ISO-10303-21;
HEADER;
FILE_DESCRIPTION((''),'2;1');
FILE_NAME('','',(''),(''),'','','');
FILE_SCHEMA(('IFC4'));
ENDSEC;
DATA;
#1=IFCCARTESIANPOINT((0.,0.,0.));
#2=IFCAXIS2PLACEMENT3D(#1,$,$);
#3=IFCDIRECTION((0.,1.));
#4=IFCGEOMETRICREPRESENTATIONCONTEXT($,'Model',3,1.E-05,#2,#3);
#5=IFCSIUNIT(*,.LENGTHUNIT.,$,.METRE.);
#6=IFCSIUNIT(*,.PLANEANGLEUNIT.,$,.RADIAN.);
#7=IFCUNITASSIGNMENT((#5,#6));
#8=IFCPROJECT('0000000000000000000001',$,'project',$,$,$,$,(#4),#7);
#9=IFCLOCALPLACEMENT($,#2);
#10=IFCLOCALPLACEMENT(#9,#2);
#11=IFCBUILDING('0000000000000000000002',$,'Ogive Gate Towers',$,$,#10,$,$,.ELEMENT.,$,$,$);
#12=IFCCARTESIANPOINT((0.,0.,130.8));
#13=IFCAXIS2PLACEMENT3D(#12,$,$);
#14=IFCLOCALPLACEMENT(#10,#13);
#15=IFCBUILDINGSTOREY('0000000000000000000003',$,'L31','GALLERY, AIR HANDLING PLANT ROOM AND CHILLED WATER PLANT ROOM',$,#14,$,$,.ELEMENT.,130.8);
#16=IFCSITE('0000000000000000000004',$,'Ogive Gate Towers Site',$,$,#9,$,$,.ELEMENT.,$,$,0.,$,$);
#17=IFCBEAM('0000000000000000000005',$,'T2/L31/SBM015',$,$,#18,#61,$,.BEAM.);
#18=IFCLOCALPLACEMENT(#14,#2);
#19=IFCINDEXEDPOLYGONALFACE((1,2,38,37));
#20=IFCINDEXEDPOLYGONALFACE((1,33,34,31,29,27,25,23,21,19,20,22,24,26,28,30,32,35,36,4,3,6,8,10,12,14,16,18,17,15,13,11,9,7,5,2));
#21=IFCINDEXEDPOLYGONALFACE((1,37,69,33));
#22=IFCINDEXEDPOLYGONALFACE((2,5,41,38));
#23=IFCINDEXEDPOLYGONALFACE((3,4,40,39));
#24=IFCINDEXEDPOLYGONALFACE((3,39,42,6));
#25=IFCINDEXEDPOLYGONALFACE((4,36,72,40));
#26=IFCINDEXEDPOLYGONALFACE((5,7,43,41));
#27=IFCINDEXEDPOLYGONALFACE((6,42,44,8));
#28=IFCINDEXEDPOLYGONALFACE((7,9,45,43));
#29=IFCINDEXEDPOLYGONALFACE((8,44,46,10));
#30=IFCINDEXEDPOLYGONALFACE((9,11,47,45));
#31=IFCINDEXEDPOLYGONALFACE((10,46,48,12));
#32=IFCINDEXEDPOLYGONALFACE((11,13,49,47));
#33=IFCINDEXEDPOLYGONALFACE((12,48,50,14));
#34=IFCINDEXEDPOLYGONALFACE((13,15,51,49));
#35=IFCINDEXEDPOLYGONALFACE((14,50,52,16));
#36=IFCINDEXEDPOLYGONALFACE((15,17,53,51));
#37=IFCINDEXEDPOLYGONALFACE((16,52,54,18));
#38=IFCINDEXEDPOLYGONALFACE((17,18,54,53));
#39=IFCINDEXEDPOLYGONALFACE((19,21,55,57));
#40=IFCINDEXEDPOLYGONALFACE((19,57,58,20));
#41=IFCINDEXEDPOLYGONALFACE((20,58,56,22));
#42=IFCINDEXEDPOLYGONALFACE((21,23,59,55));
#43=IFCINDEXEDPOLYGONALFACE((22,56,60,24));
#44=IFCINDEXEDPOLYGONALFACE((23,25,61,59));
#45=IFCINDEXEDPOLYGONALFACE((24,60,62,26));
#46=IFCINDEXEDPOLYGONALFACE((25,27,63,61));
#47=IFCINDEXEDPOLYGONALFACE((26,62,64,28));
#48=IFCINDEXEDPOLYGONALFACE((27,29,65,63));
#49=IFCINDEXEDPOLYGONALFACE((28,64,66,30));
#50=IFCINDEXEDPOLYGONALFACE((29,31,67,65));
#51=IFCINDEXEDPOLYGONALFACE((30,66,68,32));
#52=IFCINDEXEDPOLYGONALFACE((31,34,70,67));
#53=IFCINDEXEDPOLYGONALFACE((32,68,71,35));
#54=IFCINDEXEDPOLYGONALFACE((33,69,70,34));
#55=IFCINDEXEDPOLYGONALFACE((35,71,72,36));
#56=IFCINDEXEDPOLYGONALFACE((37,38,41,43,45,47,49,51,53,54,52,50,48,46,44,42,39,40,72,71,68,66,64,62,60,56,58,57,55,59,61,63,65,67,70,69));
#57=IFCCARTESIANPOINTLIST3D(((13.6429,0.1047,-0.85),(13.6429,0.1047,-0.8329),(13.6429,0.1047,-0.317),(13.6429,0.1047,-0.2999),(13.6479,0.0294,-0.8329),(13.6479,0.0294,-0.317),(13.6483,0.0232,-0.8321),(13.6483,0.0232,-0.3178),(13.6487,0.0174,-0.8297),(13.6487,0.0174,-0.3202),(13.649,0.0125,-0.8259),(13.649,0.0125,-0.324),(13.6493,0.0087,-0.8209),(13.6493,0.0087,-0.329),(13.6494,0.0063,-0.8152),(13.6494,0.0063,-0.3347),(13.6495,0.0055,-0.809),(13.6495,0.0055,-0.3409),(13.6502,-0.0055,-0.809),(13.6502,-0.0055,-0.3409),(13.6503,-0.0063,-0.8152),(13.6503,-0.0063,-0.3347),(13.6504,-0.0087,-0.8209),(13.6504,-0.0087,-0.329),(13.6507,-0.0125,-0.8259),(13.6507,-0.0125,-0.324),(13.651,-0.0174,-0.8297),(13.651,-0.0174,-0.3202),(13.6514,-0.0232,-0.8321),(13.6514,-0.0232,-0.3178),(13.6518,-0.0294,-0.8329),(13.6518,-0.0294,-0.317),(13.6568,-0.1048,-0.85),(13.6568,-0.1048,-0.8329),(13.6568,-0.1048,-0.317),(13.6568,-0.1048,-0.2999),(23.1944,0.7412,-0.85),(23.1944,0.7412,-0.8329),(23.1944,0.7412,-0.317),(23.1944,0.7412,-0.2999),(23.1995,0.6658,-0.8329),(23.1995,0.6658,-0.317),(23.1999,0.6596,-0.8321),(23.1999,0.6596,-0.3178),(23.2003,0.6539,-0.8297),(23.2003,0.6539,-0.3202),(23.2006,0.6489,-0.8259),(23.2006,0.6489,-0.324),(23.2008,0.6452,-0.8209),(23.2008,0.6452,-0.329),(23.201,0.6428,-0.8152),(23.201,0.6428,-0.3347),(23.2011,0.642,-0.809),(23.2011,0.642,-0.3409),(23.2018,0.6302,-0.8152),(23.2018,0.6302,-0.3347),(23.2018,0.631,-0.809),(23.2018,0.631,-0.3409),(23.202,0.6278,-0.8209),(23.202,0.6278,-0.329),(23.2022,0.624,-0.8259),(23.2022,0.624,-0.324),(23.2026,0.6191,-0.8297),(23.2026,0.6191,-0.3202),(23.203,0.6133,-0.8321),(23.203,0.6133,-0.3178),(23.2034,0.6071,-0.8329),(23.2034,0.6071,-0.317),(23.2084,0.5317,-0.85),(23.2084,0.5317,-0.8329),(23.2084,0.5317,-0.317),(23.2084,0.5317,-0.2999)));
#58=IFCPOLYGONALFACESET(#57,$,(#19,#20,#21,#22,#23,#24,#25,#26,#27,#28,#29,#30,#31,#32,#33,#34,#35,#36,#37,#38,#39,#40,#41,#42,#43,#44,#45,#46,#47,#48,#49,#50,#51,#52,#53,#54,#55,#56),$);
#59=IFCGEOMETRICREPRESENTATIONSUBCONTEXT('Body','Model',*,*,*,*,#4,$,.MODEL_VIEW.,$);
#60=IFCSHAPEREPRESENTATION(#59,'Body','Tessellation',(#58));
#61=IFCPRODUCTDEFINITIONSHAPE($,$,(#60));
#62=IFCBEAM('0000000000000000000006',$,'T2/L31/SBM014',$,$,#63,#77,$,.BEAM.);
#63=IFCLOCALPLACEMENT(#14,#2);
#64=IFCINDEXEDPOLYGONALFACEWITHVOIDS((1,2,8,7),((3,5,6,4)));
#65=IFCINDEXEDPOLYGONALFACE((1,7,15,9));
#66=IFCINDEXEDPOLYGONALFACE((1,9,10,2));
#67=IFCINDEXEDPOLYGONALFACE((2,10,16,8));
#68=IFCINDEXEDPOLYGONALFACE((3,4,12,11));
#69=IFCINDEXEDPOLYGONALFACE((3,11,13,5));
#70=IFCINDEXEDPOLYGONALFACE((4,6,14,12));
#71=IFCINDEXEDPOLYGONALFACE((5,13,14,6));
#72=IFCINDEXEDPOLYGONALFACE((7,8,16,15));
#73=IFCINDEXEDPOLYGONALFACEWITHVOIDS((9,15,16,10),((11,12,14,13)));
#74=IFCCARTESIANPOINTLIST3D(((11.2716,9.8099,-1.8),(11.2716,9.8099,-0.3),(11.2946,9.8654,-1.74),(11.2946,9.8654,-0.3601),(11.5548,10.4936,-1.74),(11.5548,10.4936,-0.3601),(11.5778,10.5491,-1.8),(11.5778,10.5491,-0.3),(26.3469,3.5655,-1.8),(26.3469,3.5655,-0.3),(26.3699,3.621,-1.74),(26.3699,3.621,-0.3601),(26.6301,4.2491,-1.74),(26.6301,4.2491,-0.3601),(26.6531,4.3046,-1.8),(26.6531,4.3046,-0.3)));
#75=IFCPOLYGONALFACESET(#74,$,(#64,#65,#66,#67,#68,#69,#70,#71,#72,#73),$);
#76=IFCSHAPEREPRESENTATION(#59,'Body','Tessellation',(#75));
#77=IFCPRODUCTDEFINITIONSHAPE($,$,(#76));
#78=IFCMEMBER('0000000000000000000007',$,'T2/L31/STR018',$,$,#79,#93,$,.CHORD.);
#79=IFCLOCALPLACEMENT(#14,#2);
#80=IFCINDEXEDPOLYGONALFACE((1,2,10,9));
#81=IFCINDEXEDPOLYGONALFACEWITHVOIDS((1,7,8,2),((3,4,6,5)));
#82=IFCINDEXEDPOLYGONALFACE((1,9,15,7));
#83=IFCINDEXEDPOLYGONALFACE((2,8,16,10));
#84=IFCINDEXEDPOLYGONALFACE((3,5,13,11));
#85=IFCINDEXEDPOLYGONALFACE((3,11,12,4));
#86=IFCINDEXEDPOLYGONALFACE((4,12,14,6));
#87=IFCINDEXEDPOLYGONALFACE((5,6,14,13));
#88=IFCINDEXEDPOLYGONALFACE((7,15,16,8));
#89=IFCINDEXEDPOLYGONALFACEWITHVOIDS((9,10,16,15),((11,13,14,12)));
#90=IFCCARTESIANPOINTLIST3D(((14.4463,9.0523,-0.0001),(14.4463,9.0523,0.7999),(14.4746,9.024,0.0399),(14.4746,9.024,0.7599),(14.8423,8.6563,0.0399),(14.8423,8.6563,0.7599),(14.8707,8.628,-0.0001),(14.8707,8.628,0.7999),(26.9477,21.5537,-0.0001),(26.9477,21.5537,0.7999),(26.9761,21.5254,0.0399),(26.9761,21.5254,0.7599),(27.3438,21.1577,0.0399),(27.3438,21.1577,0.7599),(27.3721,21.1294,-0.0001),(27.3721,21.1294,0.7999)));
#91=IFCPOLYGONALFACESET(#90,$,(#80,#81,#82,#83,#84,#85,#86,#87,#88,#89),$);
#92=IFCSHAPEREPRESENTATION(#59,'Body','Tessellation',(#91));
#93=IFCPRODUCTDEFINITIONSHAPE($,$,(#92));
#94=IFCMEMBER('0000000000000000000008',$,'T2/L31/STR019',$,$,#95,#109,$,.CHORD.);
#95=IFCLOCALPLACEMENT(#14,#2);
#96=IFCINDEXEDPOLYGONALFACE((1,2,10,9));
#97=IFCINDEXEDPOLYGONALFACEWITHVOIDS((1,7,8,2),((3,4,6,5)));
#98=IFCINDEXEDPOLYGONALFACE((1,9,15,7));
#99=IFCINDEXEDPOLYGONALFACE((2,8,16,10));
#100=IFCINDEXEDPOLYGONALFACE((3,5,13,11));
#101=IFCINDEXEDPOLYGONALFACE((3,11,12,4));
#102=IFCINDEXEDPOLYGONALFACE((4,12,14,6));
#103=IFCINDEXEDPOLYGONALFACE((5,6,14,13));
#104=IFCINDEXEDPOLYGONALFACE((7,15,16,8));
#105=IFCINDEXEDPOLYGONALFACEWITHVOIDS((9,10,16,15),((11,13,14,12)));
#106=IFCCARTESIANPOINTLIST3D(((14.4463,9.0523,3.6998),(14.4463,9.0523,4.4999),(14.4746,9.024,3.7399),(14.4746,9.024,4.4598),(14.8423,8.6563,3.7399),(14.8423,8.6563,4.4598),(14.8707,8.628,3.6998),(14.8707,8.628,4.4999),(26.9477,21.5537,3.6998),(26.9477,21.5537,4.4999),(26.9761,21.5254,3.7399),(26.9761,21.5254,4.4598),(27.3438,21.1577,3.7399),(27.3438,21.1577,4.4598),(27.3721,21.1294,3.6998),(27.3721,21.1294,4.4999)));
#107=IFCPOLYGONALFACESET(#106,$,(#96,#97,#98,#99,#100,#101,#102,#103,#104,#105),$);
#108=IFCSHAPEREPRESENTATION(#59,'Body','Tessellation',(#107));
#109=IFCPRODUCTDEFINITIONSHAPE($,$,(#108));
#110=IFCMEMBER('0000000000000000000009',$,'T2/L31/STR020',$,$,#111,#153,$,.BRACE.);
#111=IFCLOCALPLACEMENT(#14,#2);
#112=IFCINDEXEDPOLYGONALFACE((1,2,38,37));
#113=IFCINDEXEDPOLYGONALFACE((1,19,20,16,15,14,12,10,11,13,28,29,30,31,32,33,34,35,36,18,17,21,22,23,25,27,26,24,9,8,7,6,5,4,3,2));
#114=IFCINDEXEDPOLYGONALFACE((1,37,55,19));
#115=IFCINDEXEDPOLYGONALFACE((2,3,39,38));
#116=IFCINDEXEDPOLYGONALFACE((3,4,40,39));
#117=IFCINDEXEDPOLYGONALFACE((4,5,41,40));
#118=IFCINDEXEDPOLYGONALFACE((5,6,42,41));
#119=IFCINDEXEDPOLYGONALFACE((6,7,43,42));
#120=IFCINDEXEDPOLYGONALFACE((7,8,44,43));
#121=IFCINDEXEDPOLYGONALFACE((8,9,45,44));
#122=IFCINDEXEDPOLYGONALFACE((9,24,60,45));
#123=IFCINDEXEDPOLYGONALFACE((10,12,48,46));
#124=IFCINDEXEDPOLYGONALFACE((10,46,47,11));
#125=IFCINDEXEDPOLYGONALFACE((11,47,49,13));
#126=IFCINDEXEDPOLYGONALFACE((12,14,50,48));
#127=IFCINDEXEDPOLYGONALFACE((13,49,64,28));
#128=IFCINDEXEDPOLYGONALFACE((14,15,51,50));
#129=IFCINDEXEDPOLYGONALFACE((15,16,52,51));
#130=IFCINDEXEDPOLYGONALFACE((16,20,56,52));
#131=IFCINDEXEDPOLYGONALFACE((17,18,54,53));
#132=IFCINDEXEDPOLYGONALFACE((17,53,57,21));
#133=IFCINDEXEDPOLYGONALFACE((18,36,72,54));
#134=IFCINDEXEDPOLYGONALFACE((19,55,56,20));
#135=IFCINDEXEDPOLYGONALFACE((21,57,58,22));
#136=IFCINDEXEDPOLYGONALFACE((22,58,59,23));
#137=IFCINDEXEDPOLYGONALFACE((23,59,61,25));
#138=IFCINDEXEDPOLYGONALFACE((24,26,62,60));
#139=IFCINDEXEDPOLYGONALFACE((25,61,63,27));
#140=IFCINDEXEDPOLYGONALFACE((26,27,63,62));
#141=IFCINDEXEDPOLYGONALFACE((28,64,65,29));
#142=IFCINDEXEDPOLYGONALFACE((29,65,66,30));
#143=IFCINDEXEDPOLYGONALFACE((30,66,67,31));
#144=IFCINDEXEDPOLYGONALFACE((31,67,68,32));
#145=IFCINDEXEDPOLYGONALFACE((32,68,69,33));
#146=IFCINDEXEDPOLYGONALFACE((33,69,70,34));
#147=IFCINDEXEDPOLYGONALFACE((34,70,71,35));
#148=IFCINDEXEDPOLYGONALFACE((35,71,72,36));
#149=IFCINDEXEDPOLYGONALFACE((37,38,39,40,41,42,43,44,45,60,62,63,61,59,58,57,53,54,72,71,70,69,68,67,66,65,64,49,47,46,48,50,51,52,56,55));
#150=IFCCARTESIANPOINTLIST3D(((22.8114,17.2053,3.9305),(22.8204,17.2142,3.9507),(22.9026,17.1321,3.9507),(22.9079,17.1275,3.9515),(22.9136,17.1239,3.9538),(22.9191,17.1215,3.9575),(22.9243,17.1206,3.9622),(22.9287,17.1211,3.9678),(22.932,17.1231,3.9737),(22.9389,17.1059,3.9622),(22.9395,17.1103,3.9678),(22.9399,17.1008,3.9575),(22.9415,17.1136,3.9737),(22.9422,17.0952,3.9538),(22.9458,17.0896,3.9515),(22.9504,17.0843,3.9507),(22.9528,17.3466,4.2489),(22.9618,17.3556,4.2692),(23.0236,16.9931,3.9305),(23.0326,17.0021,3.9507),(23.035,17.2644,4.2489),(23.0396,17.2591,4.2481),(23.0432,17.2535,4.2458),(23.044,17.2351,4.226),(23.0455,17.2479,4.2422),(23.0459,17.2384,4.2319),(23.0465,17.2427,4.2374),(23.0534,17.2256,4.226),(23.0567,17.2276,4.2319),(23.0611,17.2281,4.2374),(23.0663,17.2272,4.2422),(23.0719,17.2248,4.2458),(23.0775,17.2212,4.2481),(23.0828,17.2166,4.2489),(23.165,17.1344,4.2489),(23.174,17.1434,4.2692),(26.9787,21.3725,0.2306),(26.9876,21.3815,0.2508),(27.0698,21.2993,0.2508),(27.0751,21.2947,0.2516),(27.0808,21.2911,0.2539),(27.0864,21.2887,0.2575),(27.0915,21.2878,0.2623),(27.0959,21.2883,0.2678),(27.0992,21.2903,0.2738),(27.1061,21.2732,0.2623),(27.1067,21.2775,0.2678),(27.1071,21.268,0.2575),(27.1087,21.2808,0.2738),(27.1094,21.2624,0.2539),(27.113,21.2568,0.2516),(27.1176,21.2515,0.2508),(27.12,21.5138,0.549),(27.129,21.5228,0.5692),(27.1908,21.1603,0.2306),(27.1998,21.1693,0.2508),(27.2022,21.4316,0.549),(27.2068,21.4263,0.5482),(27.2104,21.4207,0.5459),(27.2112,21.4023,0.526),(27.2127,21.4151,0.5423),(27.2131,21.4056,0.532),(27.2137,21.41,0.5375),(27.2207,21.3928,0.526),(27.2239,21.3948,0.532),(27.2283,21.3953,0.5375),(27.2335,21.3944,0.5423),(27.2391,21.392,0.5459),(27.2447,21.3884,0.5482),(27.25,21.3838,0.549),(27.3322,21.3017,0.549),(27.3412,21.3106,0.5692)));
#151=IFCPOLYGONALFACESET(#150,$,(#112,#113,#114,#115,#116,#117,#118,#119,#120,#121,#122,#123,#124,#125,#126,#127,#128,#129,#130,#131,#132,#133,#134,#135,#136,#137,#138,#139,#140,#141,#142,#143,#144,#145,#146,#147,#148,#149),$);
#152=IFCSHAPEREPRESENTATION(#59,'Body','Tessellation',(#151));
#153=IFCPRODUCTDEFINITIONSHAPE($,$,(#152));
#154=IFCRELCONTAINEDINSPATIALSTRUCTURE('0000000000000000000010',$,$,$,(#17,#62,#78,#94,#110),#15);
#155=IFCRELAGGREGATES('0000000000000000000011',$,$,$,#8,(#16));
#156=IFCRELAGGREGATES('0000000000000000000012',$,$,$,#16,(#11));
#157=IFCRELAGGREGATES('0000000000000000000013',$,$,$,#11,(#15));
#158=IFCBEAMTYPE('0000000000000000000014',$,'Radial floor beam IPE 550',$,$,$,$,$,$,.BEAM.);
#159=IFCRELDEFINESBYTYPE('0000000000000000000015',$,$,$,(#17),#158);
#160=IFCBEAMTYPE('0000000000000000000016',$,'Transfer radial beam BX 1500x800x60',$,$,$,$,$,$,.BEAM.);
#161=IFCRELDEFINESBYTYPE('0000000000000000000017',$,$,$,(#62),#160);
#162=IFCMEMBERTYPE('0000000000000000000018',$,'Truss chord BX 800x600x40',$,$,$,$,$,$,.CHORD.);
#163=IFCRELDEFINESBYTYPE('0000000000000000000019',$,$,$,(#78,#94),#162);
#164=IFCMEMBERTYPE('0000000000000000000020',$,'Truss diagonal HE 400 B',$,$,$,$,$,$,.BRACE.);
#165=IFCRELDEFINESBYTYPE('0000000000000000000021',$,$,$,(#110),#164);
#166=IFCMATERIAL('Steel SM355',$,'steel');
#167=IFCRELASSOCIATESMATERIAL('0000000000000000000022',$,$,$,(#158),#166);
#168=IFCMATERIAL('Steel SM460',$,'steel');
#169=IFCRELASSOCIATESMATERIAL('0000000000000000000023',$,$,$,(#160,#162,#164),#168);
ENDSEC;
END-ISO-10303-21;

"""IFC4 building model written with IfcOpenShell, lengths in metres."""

from ifc_helpers import new_model, si_unit, direction, frame, origin, origin_2d, place, context, subcontext, project, spatial, hollow_rectangle, i_section, extrude, material, material_profile, profile_set, type_object, element, save


model = new_model("IFC4")

# Units and contexts
model_context = context("Model", 3, precision=1e-05, world=origin(), true_north=direction((0.0, 1.0)))
body_context = subcontext(model_context, "Body", "Model", "MODEL_VIEW")
ifc_project = project(units=[si_unit("LENGTHUNIT", "METRE"), si_unit("PLANEANGLEUNIT", "RADIAN")], contexts=[model_context])

# Site, building, storey
site_placement = place(None, origin())
site = spatial("IfcSite", under=ifc_project, at=site_placement, Name="Ogive Gate Towers Site", CompositionType="ELEMENT", RefElevation=0.0)
building_placement = place(site_placement, origin())
building = spatial("IfcBuilding", under=site, at=building_placement, Name="Ogive Gate Towers", CompositionType="ELEMENT")
storey_placement = place(building_placement, frame((0.0, 0.0, 130.8)))
storey = spatial("IfcBuildingStorey", under=building, at=storey_placement, Name="L31", Description="GALLERY, AIR HANDLING PLANT ROOM AND CHILLED WATER PLANT ROOM", CompositionType="ELEMENT", Elevation=130.8)

# Shared definitions
ifc_material_1 = material(Name="Steel SM460", Category="steel")

# Beams
ifc_material_2 = material(Name="Steel SM355", Category="steel")
ifc_material_profile_1 = material_profile(ifc_material_2, i_section(OverallWidth=0.21, OverallDepth=0.55, WebThickness=0.011, FlangeThickness=0.0171, FilletRadius=0.0239, at=origin_2d()), Name="IPE 550")
ifc_profile_set_1 = profile_set([ifc_material_profile_1], Name="Steel SM355")
beam_type_1 = type_object("IfcBeamType", Name="Radial floor beam IPE 550", PredefinedType="BEAM", material=ifc_profile_set_1)
beam_1_placement = place(storey_placement, frame((23.2014, 0.6365, -0.575), z_axis=(-0.997787, -0.066489, 0.0), x_axis=(0.066489, -0.997787, 0.0)))
element("IfcBeam", 1, at=beam_1_placement, inside=storey, type_object=beam_type_1, Name="T2/L31/SBM015", PredefinedType="BEAM", context=body_context, shape_type="SweptSolid", body=[
    extrude(i_section(OverallWidth=0.21, OverallDepth=0.55, WebThickness=0.011, FlangeThickness=0.0171, FilletRadius=0.0239, at=origin_2d()), origin(), (0.0, 0.0, 1.0), 9.5728),
])
ifc_material_profile_2 = material_profile(ifc_material_1, hollow_rectangle(XDim=0.8, YDim=1.5, WallThickness=0.0601, at=origin_2d()), Name="BX 1500x800x60")
ifc_profile_set_2 = profile_set([ifc_material_profile_2], Name="Steel SM460")
beam_type_2 = type_object("IfcBeamType", Name="Transfer radial beam BX 1500x800x60", PredefinedType="BEAM", material=ifc_profile_set_2)
beam_2_placement = place(storey_placement, frame((26.5, 3.9351, -1.05), z_axis=(-0.923879, 0.382685, 0.0), x_axis=(-0.382685, -0.923879, 0.0)))
element("IfcBeam", 2, at=beam_2_placement, inside=storey, type_object=beam_type_2, Name="T2/L31/SBM014", PredefinedType="BEAM", context=body_context, shape_type="SweptSolid", body=[
    extrude(hollow_rectangle(XDim=0.8, YDim=1.5, WallThickness=0.0601, at=origin_2d()), origin(), (0.0, 0.0, 1.0), 16.3174),
])

# Members
ifc_material_profile_3 = material_profile(ifc_material_1, hollow_rectangle(XDim=0.6001, YDim=0.8, WallThickness=0.04, at=origin_2d()), Name="BX 800x600x40")
ifc_profile_set_3 = profile_set([ifc_material_profile_3], Name="Steel SM460")
member_type_1 = type_object("IfcMemberType", Name="Truss chord BX 800x600x40", PredefinedType="CHORD", material=ifc_profile_set_3)
for number, where, z_axis, x_axis, name in (
    (3, (27.1599, 21.3416, 0.3999), (-0.707107, -0.707107, 0.0), (0.707107, -0.707107, 0.0), "T2/L31/STR018"),
    (4, (27.1599, 21.3416, 4.0999), (-0.707107, -0.707107, 0.0), (0.707107, -0.707107, 0.0), "T2/L31/STR019"),
):
    element("IfcMember", number, at=place(storey_placement, frame(where, z_axis=z_axis, x_axis=x_axis)), inside=storey, type_object=member_type_1, Name=name, PredefinedType="CHORD", context=body_context, shape_type="SweptSolid", body=[
        extrude(hollow_rectangle(XDim=0.6001, YDim=0.8, WallThickness=0.04, at=origin_2d()), origin(), (0.0, 0.0, 1.0), 17.6797),
    ])
ifc_material_profile_4 = material_profile(ifc_material_1, i_section(OverallWidth=0.3, OverallDepth=0.3999, WebThickness=0.0134, FlangeThickness=0.0239, FilletRadius=0.0271, at=origin_2d()), Name="HE 400 B")
ifc_profile_set_4 = profile_set([ifc_material_profile_4], Name="Steel SM460")
member_type_2 = type_object("IfcMemberType", Name="Truss diagonal HE 400 B", PredefinedType="BRACE", material=ifc_profile_set_4)
member_1_placement = place(storey_placement, frame((27.1599, 21.3416, 0.3999), z_axis=(-0.598866, -0.598866, 0.531713), x_axis=(0.707107, -0.707107, 0.0)))
element("IfcMember", 5, at=member_1_placement, inside=storey, type_object=member_type_2, Name="T2/L31/STR020", PredefinedType="BRACE", context=body_context, shape_type="SweptSolid", body=[
    extrude(i_section(OverallWidth=0.3, OverallDepth=0.3999, WebThickness=0.0134, FlangeThickness=0.0239, FilletRadius=0.0271, at=origin_2d()), origin(), (0.0, 0.0, 1.0), 6.9585),
])

save(model, "model.ifc")
